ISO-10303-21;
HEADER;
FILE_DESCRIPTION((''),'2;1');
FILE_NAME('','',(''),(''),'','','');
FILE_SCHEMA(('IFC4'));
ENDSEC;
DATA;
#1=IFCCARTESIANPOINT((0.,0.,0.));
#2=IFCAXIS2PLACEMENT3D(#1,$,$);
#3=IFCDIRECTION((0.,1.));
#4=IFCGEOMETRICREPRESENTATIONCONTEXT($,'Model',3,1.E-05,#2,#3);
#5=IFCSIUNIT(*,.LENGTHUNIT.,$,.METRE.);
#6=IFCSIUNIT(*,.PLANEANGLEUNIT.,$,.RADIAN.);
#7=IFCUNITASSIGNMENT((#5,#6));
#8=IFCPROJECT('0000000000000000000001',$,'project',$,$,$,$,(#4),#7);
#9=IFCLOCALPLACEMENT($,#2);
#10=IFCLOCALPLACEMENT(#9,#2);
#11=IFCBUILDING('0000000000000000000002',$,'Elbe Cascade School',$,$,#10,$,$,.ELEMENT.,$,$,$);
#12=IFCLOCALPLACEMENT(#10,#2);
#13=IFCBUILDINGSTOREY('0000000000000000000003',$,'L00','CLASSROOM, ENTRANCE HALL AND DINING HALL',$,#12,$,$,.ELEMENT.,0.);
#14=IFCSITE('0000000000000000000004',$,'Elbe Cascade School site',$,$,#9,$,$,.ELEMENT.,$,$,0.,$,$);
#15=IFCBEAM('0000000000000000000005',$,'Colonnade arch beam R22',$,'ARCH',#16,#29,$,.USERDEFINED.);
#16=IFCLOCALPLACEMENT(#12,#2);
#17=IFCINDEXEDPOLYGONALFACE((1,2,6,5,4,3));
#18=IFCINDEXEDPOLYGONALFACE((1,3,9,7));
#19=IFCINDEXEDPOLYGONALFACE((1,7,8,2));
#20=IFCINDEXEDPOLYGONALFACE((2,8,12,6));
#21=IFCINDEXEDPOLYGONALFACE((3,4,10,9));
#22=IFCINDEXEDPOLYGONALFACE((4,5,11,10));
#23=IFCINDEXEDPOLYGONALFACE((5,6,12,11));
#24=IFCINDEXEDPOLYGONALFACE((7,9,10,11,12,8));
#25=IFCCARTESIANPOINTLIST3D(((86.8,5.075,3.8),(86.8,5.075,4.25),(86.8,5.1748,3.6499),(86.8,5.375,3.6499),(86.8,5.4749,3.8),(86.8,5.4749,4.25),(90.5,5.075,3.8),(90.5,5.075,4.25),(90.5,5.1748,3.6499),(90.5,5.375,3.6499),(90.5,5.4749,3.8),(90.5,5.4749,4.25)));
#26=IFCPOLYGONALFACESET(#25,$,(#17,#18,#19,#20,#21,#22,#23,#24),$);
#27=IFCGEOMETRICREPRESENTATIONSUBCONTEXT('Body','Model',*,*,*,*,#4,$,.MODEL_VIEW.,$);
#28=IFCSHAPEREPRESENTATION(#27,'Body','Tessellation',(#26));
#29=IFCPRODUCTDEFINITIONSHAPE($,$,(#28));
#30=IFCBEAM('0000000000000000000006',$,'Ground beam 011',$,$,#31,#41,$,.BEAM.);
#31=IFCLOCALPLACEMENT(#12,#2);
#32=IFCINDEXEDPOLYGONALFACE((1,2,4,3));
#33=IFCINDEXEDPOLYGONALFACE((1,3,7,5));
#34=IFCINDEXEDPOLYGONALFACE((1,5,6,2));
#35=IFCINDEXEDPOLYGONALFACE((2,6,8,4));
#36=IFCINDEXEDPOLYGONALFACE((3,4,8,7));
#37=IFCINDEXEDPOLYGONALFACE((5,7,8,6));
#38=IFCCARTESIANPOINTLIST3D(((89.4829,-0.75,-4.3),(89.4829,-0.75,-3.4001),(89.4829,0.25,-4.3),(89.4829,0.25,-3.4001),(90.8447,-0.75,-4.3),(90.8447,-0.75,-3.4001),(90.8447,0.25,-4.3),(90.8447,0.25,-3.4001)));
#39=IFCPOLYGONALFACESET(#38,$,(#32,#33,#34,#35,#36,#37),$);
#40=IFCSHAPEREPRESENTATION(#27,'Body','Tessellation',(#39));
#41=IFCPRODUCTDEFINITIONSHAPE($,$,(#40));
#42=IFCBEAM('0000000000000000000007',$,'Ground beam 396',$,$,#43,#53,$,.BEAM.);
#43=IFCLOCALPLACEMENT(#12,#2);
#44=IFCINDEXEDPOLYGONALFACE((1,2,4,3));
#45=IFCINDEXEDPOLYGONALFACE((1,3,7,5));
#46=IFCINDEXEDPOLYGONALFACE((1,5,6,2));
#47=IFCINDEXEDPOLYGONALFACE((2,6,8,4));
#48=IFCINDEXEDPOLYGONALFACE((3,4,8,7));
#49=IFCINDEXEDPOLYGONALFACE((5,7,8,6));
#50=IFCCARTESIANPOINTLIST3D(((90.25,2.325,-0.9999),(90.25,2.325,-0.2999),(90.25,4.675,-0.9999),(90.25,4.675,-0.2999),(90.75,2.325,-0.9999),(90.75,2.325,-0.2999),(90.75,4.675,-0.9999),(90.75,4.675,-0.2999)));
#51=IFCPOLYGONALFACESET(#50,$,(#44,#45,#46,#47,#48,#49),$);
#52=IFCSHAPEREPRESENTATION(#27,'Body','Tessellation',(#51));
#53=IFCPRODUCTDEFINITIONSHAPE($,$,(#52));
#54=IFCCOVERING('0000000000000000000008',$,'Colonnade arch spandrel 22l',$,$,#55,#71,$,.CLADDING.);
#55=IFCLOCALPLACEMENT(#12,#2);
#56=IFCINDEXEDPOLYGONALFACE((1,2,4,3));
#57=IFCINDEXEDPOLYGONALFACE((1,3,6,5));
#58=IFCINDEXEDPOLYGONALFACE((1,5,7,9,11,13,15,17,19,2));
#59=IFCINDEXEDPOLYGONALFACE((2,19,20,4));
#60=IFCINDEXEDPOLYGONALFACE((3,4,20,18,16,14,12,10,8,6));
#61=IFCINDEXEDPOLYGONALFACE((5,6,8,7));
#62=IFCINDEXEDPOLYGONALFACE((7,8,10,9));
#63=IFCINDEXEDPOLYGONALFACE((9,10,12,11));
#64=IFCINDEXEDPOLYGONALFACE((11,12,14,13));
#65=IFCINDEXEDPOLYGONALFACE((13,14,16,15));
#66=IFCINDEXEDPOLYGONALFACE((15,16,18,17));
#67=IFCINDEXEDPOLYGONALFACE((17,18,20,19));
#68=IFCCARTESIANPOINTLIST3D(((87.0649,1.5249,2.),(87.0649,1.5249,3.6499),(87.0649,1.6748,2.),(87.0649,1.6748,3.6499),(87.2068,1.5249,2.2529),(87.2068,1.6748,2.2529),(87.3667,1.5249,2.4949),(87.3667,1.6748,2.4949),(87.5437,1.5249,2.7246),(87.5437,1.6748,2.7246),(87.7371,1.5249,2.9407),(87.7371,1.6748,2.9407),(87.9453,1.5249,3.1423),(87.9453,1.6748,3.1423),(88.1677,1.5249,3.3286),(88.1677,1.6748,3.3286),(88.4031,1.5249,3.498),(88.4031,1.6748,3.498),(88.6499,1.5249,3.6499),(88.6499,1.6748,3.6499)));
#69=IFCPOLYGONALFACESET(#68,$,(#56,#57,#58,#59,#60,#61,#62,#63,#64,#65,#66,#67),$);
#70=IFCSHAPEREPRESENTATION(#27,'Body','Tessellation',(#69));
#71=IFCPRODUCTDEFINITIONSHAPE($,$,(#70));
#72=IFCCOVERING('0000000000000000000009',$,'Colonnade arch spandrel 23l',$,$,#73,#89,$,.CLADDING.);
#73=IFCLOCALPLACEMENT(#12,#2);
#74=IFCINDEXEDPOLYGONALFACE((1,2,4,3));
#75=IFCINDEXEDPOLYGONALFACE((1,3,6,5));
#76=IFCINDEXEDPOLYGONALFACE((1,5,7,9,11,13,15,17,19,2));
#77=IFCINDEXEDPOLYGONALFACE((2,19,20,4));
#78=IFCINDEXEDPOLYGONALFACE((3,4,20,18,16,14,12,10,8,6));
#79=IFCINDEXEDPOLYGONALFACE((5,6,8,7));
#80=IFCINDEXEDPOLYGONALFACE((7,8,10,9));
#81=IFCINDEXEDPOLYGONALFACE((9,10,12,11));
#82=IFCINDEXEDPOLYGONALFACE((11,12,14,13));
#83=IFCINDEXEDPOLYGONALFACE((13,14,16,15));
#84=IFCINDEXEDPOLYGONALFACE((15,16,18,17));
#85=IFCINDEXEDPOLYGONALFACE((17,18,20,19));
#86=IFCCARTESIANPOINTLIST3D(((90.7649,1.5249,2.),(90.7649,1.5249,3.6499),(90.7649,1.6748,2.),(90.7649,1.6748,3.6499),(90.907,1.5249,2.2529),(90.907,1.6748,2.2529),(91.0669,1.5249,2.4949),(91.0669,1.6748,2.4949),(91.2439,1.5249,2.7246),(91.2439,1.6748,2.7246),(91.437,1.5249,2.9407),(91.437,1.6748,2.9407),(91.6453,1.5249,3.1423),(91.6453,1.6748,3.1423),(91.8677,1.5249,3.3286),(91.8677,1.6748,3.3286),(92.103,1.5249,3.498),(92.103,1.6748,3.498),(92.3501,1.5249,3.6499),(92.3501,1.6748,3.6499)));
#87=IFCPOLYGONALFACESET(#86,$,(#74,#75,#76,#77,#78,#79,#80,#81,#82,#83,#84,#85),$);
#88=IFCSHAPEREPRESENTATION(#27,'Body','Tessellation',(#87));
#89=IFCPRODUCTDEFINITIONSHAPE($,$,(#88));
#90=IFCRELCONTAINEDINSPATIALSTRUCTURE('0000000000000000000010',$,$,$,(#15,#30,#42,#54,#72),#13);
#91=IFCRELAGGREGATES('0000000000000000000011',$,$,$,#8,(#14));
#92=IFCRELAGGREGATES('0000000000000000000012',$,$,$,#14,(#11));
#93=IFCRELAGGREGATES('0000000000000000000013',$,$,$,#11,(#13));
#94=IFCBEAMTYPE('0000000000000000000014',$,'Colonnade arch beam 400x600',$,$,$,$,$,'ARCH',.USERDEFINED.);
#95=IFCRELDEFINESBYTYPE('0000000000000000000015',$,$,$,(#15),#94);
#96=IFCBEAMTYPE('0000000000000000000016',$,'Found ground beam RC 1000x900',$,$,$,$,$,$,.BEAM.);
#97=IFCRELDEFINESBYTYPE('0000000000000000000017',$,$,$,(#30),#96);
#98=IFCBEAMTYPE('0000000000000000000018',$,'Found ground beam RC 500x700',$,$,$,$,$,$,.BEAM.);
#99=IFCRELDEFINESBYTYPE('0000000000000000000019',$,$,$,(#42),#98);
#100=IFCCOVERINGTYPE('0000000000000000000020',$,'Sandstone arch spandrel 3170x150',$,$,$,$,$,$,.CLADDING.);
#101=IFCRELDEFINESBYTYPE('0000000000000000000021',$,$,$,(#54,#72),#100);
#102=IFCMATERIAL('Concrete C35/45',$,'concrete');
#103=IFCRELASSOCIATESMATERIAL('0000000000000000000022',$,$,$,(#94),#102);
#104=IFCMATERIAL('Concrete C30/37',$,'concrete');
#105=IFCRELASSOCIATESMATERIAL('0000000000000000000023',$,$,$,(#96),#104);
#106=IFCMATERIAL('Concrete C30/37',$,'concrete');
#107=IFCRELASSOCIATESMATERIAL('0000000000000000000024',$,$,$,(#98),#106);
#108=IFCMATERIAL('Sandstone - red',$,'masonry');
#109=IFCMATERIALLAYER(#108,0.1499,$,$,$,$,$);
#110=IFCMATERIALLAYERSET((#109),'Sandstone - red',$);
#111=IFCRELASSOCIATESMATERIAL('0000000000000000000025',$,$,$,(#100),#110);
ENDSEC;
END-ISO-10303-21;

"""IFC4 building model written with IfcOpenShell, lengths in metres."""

from ifc_helpers import new_model, si_unit, direction, frame, origin, origin_2d, place, context, subcontext, project, spatial, polyline, rectangle, outline, extrude, material, layer, layer_set, material_profile, profile_set, type_object, element, save


model = new_model("IFC4")

# Units and contexts
model_context = context("Model", 3, precision=1e-05, world=origin(), true_north=direction((0.0, 1.0)))
body_context = subcontext(model_context, "Body", "Model", "MODEL_VIEW")
ifc_project = project(units=[si_unit("LENGTHUNIT", "METRE"), si_unit("PLANEANGLEUNIT", "RADIAN")], contexts=[model_context])

# Site, building, storey
site_placement = place(None, origin())
site = spatial("IfcSite", under=ifc_project, at=site_placement, Name="Elbe Cascade School site", CompositionType="ELEMENT", RefElevation=0.0)
building_placement = place(site_placement, origin())
building = spatial("IfcBuilding", under=site, at=building_placement, Name="Elbe Cascade School", CompositionType="ELEMENT")
storey_placement = place(building_placement, origin())
storey = spatial("IfcBuildingStorey", under=building, at=storey_placement, Name="L00", Description="CLASSROOM, ENTRANCE HALL AND DINING HALL", CompositionType="ELEMENT", Elevation=0.0)

# Beams
ifc_material_1 = material(Name="Concrete C35/45", Category="concrete")
ifc_material_profile_1 = material_profile(ifc_material_1, outline(polyline([(-0.2, 0.3), (0.2, 0.3), (0.2, -0.1499), (0.1001, -0.3), (-0.1001, -0.3), (-0.2, -0.1499), (-0.2, 0.3)])), Name="RC arch 400x600")
ifc_profile_set_1 = profile_set([ifc_material_profile_1], Name="Concrete C35/45")
beam_type_1 = type_object("IfcBeamType", Name="Colonnade arch beam 400x600", ElementType="ARCH", PredefinedType="USERDEFINED", material=ifc_profile_set_1)
for number, where, z_axis, x_axis, name in (
    (1, (86.8, 5.2749, 3.95), (1.0, 0.0, 0.0), (0.0, 1.0, 0.0), "Colonnade arch beam R22"),
):
    element("IfcBeam", number, at=place(storey_placement, frame(where, z_axis=z_axis, x_axis=x_axis)), inside=storey, type_object=beam_type_1, Name=name, ObjectType="ARCH", PredefinedType="USERDEFINED", context=body_context, shape_type="SweptSolid", body=[
        extrude(outline(polyline([(-0.2, 0.3), (0.2, 0.3), (0.2, -0.1499), (0.1001, -0.3), (-0.1001, -0.3), (-0.2, -0.1499), (-0.2, 0.3)])), origin(), (0.0, 0.0, 1.0), 3.7),
    ])
ifc_material_2 = material(Name="Concrete C30/37", Category="concrete")
ifc_material_profile_2 = material_profile(ifc_material_2, rectangle(XDim=1.0, YDim=0.8999, at=origin_2d()), Name="RC 1000x900")
ifc_profile_set_2 = profile_set([ifc_material_profile_2], Name="Concrete C30/37")
beam_type_2 = type_object("IfcBeamType", Name="Found ground beam RC 1000x900", PredefinedType="BEAM", material=ifc_profile_set_2)
beam_1_placement = place(storey_placement, frame((89.4829, -0.25, -3.8501), z_axis=(1.0, 0.0, 0.0), x_axis=(0.0, 1.0, 0.0)))
element("IfcBeam", 2, at=beam_1_placement, inside=storey, type_object=beam_type_2, Name="Ground beam 011", PredefinedType="BEAM", context=body_context, shape_type="SweptSolid", body=[
    extrude(rectangle(XDim=1.0, YDim=0.8999, at=origin_2d()), origin(), (0.0, 0.0, 1.0), 1.3618),
])
ifc_material_3 = material(Name="Concrete C30/37", Category="concrete")
ifc_material_profile_3 = material_profile(ifc_material_3, rectangle(XDim=0.5, YDim=0.7, at=origin_2d()), Name="RC 500x700")
ifc_profile_set_3 = profile_set([ifc_material_profile_3], Name="Concrete C30/37")
beam_type_3 = type_object("IfcBeamType", Name="Found ground beam RC 500x700", PredefinedType="BEAM", material=ifc_profile_set_3)
beam_2_placement = place(storey_placement, frame((90.5, 2.325, -0.6499), z_axis=(0.0, 1.0, 0.0), x_axis=(-1.0, 0.0, 0.0)))
element("IfcBeam", 3, at=beam_2_placement, inside=storey, type_object=beam_type_3, Name="Ground beam 396", PredefinedType="BEAM", context=body_context, shape_type="SweptSolid", body=[
    extrude(rectangle(XDim=0.5, YDim=0.7, at=origin_2d()), origin(), (0.0, 0.0, 1.0), 2.3501),
])

# Coverings
ifc_material_4 = material(Name="Sandstone - red", Category="masonry")
ifc_layer_1 = layer(ifc_material_4, 0.1499)
ifc_layer_set_1 = layer_set([ifc_layer_1], Name="Sandstone - red")
covering_type_1 = type_object("IfcCoveringType", Name="Sandstone arch spandrel 3170x150", PredefinedType="CLADDING", material=ifc_layer_set_1)
covering_1_placement = place(storey_placement, frame((87.0649, 1.5249, 3.6499), z_axis=(0.0, -1.0, 0.0), x_axis=(0.0, 0.0, -1.0)))
element("IfcCovering", 4, at=covering_1_placement, inside=storey, type_object=covering_type_1, Name="Colonnade arch spandrel 22l", PredefinedType="CLADDING", context=body_context, shape_type="SweptSolid", body=[
    extrude(outline(polyline([(0.0, 0.0), (1.6499, 0.0), (1.397, 0.1418), (1.155, 0.3018), (0.9253, 0.4788), (0.7092, 0.6721), (0.5076, 0.8804), (0.3213, 1.1028), (0.1519, 1.3381), (0.0, 1.585), (0.0, 0.0)])), origin(), (0.0, 0.0, -1.0), 0.1499),
])
covering_2_placement = place(storey_placement, frame((90.7649, 1.5249, 3.6499), z_axis=(0.0, -1.0, 0.0), x_axis=(0.0, 0.0, -1.0)))
element("IfcCovering", 5, at=covering_2_placement, inside=storey, type_object=covering_type_1, Name="Colonnade arch spandrel 23l", PredefinedType="CLADDING", context=body_context, shape_type="SweptSolid", body=[
    extrude(outline(polyline([(0.0, 0.0), (1.6499, 0.0), (1.397, 0.1421), (1.155, 0.302), (0.9253, 0.479), (0.7092, 0.6721), (0.5076, 0.8804), (0.3213, 1.1028), (0.1519, 1.3381), (0.0, 1.5852), (0.0, 0.0)])), origin(), (0.0, 0.0, -1.0), 0.1499),
])

save(model, "model.ifc")
